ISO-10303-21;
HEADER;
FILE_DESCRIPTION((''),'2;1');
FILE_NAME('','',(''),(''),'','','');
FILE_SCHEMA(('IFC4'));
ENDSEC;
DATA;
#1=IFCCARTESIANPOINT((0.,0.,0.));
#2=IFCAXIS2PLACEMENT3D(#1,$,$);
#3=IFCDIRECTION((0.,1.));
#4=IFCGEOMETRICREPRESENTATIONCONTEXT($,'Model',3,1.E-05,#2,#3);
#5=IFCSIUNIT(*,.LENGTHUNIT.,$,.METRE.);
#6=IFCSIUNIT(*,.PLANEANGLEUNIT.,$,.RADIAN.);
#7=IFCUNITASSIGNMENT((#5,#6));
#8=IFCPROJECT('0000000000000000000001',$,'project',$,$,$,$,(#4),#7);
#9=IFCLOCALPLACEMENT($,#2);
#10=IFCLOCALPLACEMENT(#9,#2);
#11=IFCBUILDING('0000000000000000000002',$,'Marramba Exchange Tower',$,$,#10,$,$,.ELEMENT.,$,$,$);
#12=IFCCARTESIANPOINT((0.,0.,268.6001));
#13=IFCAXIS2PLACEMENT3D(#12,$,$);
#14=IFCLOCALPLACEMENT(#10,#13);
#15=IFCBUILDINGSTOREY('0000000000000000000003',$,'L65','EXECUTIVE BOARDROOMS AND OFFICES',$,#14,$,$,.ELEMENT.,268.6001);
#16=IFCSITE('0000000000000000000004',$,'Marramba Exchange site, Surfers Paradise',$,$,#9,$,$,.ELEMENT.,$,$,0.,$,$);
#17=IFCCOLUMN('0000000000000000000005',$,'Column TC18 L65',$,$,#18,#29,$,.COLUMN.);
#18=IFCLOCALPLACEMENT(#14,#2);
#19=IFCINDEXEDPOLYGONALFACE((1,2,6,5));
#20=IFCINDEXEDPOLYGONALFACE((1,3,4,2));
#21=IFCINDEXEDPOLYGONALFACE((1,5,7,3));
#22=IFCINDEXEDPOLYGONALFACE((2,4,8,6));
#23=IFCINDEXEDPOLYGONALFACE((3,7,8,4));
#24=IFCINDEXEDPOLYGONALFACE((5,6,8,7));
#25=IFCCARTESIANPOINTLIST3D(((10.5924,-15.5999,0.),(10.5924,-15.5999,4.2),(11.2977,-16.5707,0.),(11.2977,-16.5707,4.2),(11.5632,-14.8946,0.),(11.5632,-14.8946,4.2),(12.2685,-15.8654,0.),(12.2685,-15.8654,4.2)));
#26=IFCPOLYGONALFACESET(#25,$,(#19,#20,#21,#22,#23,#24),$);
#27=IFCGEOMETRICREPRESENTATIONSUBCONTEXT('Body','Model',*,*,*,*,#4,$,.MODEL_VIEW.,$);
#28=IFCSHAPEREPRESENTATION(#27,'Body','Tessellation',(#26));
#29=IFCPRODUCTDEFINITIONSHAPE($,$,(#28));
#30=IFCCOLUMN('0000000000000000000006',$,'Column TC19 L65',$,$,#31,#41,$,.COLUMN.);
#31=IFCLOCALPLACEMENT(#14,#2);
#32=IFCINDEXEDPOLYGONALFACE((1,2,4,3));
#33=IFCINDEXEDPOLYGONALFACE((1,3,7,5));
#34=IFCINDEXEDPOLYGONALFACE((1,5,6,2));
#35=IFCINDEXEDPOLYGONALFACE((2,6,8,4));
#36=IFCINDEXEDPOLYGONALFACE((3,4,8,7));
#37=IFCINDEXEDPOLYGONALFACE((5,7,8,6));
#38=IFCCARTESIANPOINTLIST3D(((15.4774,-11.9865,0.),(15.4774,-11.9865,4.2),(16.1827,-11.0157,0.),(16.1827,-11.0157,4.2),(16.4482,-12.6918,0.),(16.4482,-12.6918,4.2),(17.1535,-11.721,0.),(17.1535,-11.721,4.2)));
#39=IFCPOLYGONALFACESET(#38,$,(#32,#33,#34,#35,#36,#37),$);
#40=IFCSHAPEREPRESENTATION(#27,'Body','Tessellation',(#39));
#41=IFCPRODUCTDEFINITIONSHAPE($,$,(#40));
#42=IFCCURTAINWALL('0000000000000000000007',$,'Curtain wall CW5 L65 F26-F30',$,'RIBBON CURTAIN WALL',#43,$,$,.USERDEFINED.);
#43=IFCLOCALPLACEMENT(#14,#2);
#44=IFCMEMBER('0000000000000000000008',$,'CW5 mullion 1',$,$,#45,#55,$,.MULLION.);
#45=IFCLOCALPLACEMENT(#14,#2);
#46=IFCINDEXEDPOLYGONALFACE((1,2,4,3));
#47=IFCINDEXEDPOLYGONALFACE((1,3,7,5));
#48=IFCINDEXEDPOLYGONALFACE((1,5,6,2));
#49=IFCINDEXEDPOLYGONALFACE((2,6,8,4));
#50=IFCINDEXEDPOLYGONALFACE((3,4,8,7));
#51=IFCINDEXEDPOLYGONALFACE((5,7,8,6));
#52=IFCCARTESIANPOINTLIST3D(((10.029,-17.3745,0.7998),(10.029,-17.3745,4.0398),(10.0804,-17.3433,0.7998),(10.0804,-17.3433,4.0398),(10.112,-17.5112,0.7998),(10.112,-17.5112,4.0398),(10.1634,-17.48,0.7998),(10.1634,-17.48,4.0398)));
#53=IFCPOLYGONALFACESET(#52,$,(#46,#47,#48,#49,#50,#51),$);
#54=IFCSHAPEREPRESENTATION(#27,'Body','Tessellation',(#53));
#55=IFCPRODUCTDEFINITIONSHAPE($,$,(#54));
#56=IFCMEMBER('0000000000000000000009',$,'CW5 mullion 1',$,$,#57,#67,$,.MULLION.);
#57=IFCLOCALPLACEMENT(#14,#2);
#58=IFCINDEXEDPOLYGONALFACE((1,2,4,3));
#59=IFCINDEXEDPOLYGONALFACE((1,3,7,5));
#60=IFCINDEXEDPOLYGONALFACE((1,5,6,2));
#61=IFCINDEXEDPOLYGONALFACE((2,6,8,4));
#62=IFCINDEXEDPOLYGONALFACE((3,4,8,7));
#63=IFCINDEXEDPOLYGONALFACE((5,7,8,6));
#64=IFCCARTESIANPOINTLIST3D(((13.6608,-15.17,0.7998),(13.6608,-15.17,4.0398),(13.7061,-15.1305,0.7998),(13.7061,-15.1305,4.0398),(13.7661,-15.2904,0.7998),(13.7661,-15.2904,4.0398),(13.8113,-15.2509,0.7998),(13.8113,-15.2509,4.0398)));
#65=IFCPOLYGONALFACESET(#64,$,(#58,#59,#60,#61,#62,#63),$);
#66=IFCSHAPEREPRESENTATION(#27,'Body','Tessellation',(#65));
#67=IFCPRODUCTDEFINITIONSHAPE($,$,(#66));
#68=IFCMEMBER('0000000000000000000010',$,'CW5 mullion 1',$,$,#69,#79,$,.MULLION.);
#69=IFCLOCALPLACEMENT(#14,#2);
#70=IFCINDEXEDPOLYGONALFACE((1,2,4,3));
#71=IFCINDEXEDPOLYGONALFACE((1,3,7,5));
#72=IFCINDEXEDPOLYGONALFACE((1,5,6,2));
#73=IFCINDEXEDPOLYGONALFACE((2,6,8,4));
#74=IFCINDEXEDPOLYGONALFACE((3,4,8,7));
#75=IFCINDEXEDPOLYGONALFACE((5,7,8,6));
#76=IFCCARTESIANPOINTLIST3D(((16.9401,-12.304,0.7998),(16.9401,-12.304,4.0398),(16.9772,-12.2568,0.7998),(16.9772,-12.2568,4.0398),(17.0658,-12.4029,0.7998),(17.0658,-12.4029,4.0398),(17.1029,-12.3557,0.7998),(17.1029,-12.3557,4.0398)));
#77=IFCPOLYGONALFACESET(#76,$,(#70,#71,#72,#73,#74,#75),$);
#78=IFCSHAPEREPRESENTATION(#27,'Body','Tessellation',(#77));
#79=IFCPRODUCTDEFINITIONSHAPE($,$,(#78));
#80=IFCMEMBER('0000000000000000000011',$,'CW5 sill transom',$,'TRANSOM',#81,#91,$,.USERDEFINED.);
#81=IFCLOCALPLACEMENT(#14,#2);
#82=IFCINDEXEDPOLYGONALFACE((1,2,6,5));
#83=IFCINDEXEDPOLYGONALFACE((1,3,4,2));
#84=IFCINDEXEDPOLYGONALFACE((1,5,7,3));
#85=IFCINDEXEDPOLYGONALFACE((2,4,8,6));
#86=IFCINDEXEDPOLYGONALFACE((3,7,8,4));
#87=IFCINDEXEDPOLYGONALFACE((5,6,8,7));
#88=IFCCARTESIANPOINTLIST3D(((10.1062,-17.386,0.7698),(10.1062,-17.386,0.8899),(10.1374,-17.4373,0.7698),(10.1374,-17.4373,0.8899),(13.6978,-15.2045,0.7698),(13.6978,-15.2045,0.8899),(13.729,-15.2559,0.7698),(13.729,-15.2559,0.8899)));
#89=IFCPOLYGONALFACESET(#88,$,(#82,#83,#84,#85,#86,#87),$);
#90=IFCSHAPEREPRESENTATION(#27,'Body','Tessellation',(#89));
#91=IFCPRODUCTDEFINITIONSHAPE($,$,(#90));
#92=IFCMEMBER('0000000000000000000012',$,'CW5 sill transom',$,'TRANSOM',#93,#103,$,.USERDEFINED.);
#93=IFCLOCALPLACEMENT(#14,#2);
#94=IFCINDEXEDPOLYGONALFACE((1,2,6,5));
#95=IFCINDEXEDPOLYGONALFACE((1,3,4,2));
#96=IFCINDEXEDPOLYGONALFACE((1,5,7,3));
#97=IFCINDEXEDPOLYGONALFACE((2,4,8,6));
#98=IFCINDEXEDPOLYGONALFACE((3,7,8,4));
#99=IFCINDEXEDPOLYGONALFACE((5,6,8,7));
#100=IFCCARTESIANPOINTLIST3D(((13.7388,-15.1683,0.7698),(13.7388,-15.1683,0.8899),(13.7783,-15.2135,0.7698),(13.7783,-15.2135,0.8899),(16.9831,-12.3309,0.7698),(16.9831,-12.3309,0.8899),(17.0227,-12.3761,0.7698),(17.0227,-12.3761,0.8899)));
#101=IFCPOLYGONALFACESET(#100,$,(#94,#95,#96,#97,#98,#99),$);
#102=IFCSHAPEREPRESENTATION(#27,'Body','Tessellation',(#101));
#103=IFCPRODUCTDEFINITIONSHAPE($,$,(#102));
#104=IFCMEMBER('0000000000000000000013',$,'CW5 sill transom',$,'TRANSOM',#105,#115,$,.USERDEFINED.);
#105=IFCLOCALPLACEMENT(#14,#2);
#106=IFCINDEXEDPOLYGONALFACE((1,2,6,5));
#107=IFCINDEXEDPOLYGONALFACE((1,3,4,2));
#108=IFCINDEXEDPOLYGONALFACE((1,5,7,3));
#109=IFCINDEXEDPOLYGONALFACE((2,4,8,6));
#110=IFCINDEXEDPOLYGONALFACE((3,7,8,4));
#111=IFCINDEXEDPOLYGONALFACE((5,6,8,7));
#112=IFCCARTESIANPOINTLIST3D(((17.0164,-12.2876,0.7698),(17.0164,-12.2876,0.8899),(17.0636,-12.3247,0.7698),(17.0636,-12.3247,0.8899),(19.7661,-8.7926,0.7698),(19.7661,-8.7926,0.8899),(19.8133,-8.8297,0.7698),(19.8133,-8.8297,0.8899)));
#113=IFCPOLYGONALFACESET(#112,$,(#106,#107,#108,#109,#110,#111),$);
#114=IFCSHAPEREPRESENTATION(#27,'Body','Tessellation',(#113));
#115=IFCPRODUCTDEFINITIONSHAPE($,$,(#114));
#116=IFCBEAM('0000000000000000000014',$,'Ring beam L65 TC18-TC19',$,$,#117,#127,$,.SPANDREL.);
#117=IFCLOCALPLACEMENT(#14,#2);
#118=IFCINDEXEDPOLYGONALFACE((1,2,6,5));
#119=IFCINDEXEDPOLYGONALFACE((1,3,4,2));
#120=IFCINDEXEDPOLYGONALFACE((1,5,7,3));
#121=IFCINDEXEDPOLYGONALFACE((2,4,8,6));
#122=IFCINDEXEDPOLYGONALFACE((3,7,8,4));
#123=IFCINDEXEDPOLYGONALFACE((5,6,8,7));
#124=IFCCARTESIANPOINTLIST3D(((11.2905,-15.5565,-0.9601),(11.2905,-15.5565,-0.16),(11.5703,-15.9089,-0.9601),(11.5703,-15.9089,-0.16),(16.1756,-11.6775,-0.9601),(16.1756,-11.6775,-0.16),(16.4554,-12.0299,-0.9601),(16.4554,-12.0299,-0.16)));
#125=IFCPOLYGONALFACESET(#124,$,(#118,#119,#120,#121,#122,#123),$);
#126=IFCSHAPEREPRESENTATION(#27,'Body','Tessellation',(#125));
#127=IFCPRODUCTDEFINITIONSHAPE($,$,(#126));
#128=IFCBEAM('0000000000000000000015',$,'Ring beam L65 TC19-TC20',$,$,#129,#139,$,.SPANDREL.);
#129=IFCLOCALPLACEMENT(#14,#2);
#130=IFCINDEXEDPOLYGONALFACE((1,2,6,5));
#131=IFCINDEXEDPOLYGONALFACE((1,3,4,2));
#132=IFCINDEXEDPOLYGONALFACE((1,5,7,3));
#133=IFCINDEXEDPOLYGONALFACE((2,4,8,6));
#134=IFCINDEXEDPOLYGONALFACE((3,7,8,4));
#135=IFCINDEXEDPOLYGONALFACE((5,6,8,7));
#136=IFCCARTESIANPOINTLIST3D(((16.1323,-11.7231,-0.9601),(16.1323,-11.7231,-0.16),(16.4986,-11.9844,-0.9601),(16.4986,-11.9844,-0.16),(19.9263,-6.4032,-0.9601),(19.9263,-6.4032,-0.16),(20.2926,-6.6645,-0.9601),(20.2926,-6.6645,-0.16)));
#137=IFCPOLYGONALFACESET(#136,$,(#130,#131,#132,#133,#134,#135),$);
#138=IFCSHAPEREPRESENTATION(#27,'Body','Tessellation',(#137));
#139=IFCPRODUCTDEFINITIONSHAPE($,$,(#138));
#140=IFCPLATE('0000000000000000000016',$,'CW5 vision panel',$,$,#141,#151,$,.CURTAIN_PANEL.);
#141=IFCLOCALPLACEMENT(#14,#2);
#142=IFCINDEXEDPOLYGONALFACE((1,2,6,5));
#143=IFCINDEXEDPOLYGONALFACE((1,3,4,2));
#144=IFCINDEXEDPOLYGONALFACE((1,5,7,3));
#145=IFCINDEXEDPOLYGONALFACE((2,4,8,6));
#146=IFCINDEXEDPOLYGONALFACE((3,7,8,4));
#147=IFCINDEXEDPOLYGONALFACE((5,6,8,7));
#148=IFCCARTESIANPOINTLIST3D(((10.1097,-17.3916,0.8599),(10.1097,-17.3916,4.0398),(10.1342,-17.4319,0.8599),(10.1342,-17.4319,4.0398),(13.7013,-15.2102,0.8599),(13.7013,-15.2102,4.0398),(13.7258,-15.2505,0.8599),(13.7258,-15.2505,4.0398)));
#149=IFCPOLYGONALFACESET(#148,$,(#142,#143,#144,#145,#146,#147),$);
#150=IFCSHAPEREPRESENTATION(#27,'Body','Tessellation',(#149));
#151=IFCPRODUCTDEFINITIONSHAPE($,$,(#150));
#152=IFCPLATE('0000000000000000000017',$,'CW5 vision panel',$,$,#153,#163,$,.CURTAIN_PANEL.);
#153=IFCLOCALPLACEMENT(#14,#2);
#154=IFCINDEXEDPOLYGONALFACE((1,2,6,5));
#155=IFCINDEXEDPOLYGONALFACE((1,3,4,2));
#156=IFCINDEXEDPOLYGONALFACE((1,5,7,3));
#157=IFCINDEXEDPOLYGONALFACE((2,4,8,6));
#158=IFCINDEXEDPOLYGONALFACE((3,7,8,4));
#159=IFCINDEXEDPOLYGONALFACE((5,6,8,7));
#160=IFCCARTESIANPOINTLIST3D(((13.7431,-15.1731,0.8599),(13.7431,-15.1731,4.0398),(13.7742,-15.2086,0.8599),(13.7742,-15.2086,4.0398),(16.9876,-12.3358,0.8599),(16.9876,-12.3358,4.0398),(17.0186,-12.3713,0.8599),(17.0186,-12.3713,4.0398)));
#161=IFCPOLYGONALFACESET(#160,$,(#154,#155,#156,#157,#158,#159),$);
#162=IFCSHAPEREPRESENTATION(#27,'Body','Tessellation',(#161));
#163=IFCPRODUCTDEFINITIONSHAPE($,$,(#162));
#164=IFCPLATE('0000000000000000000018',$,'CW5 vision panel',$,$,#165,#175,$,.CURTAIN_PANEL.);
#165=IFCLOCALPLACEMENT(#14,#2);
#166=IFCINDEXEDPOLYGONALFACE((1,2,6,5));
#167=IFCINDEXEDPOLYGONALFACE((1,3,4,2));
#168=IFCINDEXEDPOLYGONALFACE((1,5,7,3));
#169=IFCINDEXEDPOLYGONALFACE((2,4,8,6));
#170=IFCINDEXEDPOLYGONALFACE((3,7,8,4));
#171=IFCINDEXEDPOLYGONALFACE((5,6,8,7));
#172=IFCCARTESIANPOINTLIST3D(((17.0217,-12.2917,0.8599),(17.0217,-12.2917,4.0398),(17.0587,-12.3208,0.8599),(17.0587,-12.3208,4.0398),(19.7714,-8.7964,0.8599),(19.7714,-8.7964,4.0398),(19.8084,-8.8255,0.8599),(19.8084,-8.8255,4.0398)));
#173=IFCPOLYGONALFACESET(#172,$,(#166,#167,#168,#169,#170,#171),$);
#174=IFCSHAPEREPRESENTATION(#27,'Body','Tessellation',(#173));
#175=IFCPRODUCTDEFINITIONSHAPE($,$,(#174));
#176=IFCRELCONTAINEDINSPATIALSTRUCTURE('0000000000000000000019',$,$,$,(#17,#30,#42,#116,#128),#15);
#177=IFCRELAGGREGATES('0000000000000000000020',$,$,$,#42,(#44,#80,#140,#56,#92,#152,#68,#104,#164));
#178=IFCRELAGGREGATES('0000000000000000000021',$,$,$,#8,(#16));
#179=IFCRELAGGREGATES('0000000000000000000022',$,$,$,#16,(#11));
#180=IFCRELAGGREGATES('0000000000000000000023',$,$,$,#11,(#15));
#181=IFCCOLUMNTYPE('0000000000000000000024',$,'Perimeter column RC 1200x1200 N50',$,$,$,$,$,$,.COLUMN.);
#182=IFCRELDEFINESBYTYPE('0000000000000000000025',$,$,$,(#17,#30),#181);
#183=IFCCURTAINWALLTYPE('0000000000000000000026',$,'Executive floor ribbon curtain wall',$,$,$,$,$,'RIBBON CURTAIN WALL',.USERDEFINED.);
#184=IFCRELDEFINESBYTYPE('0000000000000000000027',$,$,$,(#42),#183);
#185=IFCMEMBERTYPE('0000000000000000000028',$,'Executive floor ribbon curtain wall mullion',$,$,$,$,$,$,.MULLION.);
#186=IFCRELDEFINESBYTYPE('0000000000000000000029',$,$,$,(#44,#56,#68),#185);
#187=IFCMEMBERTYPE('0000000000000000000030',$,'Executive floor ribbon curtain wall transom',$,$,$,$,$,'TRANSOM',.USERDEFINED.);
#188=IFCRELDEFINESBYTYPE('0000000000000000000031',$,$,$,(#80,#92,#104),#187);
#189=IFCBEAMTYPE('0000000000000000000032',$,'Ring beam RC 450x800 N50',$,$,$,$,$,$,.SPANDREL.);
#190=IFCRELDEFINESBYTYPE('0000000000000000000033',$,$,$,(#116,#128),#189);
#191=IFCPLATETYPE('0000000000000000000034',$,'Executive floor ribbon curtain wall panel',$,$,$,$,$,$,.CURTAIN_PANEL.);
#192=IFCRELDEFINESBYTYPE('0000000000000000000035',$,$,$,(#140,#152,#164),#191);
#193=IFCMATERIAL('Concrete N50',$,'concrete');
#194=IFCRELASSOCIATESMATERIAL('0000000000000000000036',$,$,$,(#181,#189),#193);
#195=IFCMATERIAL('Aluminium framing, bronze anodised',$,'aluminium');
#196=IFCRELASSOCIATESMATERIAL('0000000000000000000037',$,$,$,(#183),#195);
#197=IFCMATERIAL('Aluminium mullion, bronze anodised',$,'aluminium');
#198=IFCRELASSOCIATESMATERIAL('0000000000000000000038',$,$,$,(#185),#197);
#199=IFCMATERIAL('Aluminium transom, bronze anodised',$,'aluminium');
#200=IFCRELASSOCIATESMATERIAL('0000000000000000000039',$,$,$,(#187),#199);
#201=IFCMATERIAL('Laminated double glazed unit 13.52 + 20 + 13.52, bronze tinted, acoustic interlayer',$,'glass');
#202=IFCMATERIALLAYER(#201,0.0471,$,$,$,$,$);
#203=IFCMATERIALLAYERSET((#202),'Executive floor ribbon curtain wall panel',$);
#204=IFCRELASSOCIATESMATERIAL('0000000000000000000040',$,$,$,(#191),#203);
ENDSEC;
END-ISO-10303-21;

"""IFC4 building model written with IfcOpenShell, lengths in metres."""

from ifc_helpers import new_model, si_unit, direction, frame, origin, origin_2d, place, context, subcontext, project, spatial, rectangle, extrude, material, layer, layer_set, material_profile, profile_set, type_object, element, aggregate, save


model = new_model("IFC4")

# Units and contexts
model_context = context("Model", 3, precision=1e-05, world=origin(), true_north=direction((0.0, 1.0)))
body_context = subcontext(model_context, "Body", "Model", "MODEL_VIEW")
ifc_project = project(units=[si_unit("LENGTHUNIT", "METRE"), si_unit("PLANEANGLEUNIT", "RADIAN")], contexts=[model_context])

# Site, building, storey
site_placement = place(None, origin())
site = spatial("IfcSite", under=ifc_project, at=site_placement, Name="Marramba Exchange site, Surfers Paradise", CompositionType="ELEMENT", RefElevation=0.0)
building_placement = place(site_placement, origin())
building = spatial("IfcBuilding", under=site, at=building_placement, Name="Marramba Exchange Tower", CompositionType="ELEMENT")
storey_placement = place(building_placement, frame((0.0, 0.0, 268.6001)))
storey = spatial("IfcBuildingStorey", under=building, at=storey_placement, Name="L65", Description="EXECUTIVE BOARDROOMS AND OFFICES", CompositionType="ELEMENT", Elevation=268.6001)

# Columns
ifc_material_1 = material(Name="Concrete N50", Category="concrete")
ifc_material_profile_1 = material_profile(ifc_material_1, rectangle(XDim=1.2, YDim=1.2, at=origin_2d()), Name="RC 1200x1200")
ifc_profile_set_1 = profile_set([ifc_material_profile_1], Name="Concrete N50")
column_type = type_object("IfcColumnType", Name="Perimeter column RC 1200x1200 N50", PredefinedType="COLUMN", material=ifc_profile_set_1)
for number, where, z_axis, x_axis, name in (
    (1, (11.4304, -15.7327, 0.0), (0.0, 0.0, 1.0), (0.587785, -0.809017, 0.0), "Column TC18 L65"),
    (2, (16.3154, -11.8538, 0.0), (0.0, 0.0, 1.0), (0.809017, -0.587785, 0.0), "Column TC19 L65"),
):
    element("IfcColumn", number, at=place(storey_placement, frame(where, z_axis=z_axis, x_axis=x_axis)), inside=storey, type_object=column_type, Name=name, PredefinedType="COLUMN", context=body_context, shape_type="SweptSolid", body=[
        extrude(rectangle(XDim=1.2, YDim=1.2, at=origin_2d()), origin(), (0.0, 0.0, 1.0), 4.2),
    ])

# Curtain wall, members
ifc_material_2 = material(Name="Aluminium framing, bronze anodised", Category="aluminium")
curtain_wall_type = type_object("IfcCurtainWallType", Name="Executive floor ribbon curtain wall", ElementType="RIBBON CURTAIN WALL", PredefinedType="USERDEFINED", material=ifc_material_2)
curtain_wall_placement = place(storey_placement, origin())
curtain_wall = element("IfcCurtainWall", 3, at=curtain_wall_placement, inside=storey, type_object=curtain_wall_type, Name="Curtain wall CW5 L65 F26-F30", ObjectType="RIBBON CURTAIN WALL", PredefinedType="USERDEFINED")
ifc_material_3 = material(Name="Aluminium mullion, bronze anodised", Category="aluminium")
ifc_material_profile_2 = material_profile(ifc_material_3, rectangle(XDim=0.1599, YDim=0.0601, at=origin_2d()), Name="CW5 mullion 60x160")
ifc_profile_set_2 = profile_set([ifc_material_profile_2], Name="Aluminium mullion, bronze anodised")
member_type_1 = type_object("IfcMemberType", Name="Executive floor ribbon curtain wall mullion", PredefinedType="MULLION", material=ifc_profile_set_2)
member_1_placement = place(storey_placement, frame((10.0962, -17.4272, 0.7998), z_axis=(0.0, 0.0, 1.0), x_axis=(-0.519115, 0.854704, 0.0)))
member_1 = element("IfcMember", 4, at=member_1_placement, type_object=member_type_1, Name="CW5 mullion 1", PredefinedType="MULLION", context=body_context, shape_type="SweptSolid", body=[
    extrude(rectangle(XDim=0.1599, YDim=0.0601, at=origin_2d()), origin(), (0.0, 0.0, 1.0), 3.24),
])
member_2_placement = place(storey_placement, frame((13.7361, -15.2104, 0.7998), z_axis=(0.0, 0.0, 1.0), x_axis=(-0.658305, 0.752751, 0.0)))
member_2 = element("IfcMember", 5, at=member_2_placement, type_object=member_type_1, Name="CW5 mullion 1", PredefinedType="MULLION", context=body_context, shape_type="SweptSolid", body=[
    extrude(rectangle(XDim=0.1599, YDim=0.0601, at=origin_2d()), origin(), (0.0, 0.0, 1.0), 3.24),
])
member_3_placement = place(storey_placement, frame((17.0215, -12.3298, 0.7998), z_axis=(0.0, 0.0, 1.0), x_axis=(-0.78595, 0.618291, 0.0)))
member_3 = element("IfcMember", 6, at=member_3_placement, type_object=member_type_1, Name="CW5 mullion 1", PredefinedType="MULLION", context=body_context, shape_type="SweptSolid", body=[
    extrude(rectangle(XDim=0.1599, YDim=0.0601, at=origin_2d()), origin(), (0.0, 0.0, 1.0), 3.24),
])
ifc_material_4 = material(Name="Aluminium transom, bronze anodised", Category="aluminium")
ifc_material_profile_3 = material_profile(ifc_material_4, rectangle(XDim=0.0601, YDim=0.1201, at=origin_2d()), Name="CW5 transom 60x120")
ifc_profile_set_3 = profile_set([ifc_material_profile_3], Name="Aluminium transom, bronze anodised")
member_type_2 = type_object("IfcMemberType", Name="Executive floor ribbon curtain wall transom", ElementType="TRANSOM", PredefinedType="USERDEFINED", material=ifc_profile_set_3)
member_4_placement = place(storey_placement, frame((10.1218, -17.4116, 0.8298), z_axis=(0.854702, 0.519119, 0.0), x_axis=(-0.519119, 0.854702, 0.0)))
member_4 = element("IfcMember", 7, at=member_4_placement, type_object=member_type_2, Name="CW5 sill transom", ObjectType="TRANSOM", PredefinedType="USERDEFINED", context=body_context, shape_type="SweptSolid", body=[
    extrude(rectangle(XDim=0.0601, YDim=0.1201, at=origin_2d()), origin(), (0.0, 0.0, 1.0), 4.2021),
])
member_5_placement = place(storey_placement, frame((13.7585, -15.1909, 0.8298), z_axis=(0.752742, 0.658316, 0.0), x_axis=(-0.658316, 0.752742, 0.0)))
member_5 = element("IfcMember", 8, at=member_5_placement, type_object=member_type_2, Name="CW5 sill transom", ObjectType="TRANSOM", PredefinedType="USERDEFINED", context=body_context, shape_type="SweptSolid", body=[
    extrude(rectangle(XDim=0.0601, YDim=0.1201, at=origin_2d()), origin(), (0.0, 0.0, 1.0), 4.3101),
])
member_6_placement = place(storey_placement, frame((17.04, -12.3062, 0.8298), z_axis=(0.618321, 0.785926, 0.0), x_axis=(-0.785926, 0.618321, 0.0)))
member_6 = element("IfcMember", 9, at=member_6_placement, type_object=member_type_2, Name="CW5 sill transom", ObjectType="TRANSOM", PredefinedType="USERDEFINED", context=body_context, shape_type="SweptSolid", body=[
    extrude(rectangle(XDim=0.0601, YDim=0.1201, at=origin_2d()), origin(), (0.0, 0.0, 1.0), 4.447),
])

# Beams
ifc_material_profile_4 = material_profile(ifc_material_1, rectangle(XDim=0.45, YDim=0.8, at=origin_2d()), Name="RC 450x800")
ifc_profile_set_4 = profile_set([ifc_material_profile_4], Name="Concrete N50")
beam_type = type_object("IfcBeamType", Name="Ring beam RC 450x800 N50", PredefinedType="SPANDREL", material=ifc_profile_set_4)
beam_1_placement = place(storey_placement, frame((11.4304, -15.7327, -0.5601), z_axis=(0.783139, 0.621846, 0.0), x_axis=(-0.621846, 0.783139, 0.0)))
element("IfcBeam", 10, at=beam_1_placement, inside=storey, type_object=beam_type, Name="Ring beam L65 TC18-TC19", PredefinedType="SPANDREL", context=body_context, shape_type="SweptSolid", body=[
    extrude(rectangle(XDim=0.45, YDim=0.8, at=origin_2d()), origin(), (0.0, 0.0, 1.0), 6.2378),
])
beam_2_placement = place(storey_placement, frame((16.3154, -11.8538, -0.5601), z_axis=(0.580637, 0.814162, 0.0), x_axis=(-0.814162, 0.580637, 0.0)))
element("IfcBeam", 11, at=beam_2_placement, inside=storey, type_object=beam_type, Name="Ring beam L65 TC19-TC20", PredefinedType="SPANDREL", context=body_context, shape_type="SweptSolid", body=[
    extrude(rectangle(XDim=0.45, YDim=0.8, at=origin_2d()), origin(), (0.0, 0.0, 1.0), 6.5342),
])

# Plates
ifc_material_5 = material(Name="Laminated double glazed unit 13.52 + 20 + 13.52, bronze tinted, acoustic interlayer", Category="glass")
ifc_layer_1 = layer(ifc_material_5, 0.0471)
ifc_layer_set_1 = layer_set([ifc_layer_1], Name="Executive floor ribbon curtain wall panel")
plate_type = type_object("IfcPlateType", Name="Executive floor ribbon curtain wall panel", PredefinedType="CURTAIN_PANEL", material=ifc_layer_set_1)
plate_1_placement = place(storey_placement, frame((11.9177, -16.321, 0.8599), z_axis=(0.0, 0.0, 1.0), x_axis=(0.854704, 0.519115, 0.0)))
plate_1 = element("IfcPlate", 12, at=plate_1_placement, type_object=plate_type, Name="CW5 vision panel", PredefinedType="CURTAIN_PANEL", context=body_context, shape_type="SweptSolid", body=[
    extrude(rectangle(XDim=4.2021, YDim=0.0471, at=origin_2d()), origin(), (0.0, 0.0, 1.0), 3.1799),
])
plate_2_placement = place(storey_placement, frame((15.3809, -13.7722, 0.8599), z_axis=(0.0, 0.0, 1.0), x_axis=(0.752751, 0.658305, 0.0)))
plate_2 = element("IfcPlate", 13, at=plate_2_placement, type_object=plate_type, Name="CW5 vision panel", PredefinedType="CURTAIN_PANEL", context=body_context, shape_type="SweptSolid", body=[
    extrude(rectangle(XDim=4.3101, YDim=0.0471, at=origin_2d()), origin(), (0.0, 0.0, 1.0), 3.1799),
])
plate_3_placement = place(storey_placement, frame((18.415, -10.5586, 0.8599), z_axis=(0.0, 0.0, 1.0), x_axis=(0.618291, 0.78595, 0.0)))
plate_3 = element("IfcPlate", 14, at=plate_3_placement, type_object=plate_type, Name="CW5 vision panel", PredefinedType="CURTAIN_PANEL", context=body_context, shape_type="SweptSolid", body=[
    extrude(rectangle(XDim=4.4473, YDim=0.0471, at=origin_2d()), origin(), (0.0, 0.0, 1.0), 3.1799),
])
aggregate(curtain_wall, [member_1, member_4, plate_1, member_2, member_5, plate_2, member_3, member_6, plate_3])

save(model, "model.ifc")
